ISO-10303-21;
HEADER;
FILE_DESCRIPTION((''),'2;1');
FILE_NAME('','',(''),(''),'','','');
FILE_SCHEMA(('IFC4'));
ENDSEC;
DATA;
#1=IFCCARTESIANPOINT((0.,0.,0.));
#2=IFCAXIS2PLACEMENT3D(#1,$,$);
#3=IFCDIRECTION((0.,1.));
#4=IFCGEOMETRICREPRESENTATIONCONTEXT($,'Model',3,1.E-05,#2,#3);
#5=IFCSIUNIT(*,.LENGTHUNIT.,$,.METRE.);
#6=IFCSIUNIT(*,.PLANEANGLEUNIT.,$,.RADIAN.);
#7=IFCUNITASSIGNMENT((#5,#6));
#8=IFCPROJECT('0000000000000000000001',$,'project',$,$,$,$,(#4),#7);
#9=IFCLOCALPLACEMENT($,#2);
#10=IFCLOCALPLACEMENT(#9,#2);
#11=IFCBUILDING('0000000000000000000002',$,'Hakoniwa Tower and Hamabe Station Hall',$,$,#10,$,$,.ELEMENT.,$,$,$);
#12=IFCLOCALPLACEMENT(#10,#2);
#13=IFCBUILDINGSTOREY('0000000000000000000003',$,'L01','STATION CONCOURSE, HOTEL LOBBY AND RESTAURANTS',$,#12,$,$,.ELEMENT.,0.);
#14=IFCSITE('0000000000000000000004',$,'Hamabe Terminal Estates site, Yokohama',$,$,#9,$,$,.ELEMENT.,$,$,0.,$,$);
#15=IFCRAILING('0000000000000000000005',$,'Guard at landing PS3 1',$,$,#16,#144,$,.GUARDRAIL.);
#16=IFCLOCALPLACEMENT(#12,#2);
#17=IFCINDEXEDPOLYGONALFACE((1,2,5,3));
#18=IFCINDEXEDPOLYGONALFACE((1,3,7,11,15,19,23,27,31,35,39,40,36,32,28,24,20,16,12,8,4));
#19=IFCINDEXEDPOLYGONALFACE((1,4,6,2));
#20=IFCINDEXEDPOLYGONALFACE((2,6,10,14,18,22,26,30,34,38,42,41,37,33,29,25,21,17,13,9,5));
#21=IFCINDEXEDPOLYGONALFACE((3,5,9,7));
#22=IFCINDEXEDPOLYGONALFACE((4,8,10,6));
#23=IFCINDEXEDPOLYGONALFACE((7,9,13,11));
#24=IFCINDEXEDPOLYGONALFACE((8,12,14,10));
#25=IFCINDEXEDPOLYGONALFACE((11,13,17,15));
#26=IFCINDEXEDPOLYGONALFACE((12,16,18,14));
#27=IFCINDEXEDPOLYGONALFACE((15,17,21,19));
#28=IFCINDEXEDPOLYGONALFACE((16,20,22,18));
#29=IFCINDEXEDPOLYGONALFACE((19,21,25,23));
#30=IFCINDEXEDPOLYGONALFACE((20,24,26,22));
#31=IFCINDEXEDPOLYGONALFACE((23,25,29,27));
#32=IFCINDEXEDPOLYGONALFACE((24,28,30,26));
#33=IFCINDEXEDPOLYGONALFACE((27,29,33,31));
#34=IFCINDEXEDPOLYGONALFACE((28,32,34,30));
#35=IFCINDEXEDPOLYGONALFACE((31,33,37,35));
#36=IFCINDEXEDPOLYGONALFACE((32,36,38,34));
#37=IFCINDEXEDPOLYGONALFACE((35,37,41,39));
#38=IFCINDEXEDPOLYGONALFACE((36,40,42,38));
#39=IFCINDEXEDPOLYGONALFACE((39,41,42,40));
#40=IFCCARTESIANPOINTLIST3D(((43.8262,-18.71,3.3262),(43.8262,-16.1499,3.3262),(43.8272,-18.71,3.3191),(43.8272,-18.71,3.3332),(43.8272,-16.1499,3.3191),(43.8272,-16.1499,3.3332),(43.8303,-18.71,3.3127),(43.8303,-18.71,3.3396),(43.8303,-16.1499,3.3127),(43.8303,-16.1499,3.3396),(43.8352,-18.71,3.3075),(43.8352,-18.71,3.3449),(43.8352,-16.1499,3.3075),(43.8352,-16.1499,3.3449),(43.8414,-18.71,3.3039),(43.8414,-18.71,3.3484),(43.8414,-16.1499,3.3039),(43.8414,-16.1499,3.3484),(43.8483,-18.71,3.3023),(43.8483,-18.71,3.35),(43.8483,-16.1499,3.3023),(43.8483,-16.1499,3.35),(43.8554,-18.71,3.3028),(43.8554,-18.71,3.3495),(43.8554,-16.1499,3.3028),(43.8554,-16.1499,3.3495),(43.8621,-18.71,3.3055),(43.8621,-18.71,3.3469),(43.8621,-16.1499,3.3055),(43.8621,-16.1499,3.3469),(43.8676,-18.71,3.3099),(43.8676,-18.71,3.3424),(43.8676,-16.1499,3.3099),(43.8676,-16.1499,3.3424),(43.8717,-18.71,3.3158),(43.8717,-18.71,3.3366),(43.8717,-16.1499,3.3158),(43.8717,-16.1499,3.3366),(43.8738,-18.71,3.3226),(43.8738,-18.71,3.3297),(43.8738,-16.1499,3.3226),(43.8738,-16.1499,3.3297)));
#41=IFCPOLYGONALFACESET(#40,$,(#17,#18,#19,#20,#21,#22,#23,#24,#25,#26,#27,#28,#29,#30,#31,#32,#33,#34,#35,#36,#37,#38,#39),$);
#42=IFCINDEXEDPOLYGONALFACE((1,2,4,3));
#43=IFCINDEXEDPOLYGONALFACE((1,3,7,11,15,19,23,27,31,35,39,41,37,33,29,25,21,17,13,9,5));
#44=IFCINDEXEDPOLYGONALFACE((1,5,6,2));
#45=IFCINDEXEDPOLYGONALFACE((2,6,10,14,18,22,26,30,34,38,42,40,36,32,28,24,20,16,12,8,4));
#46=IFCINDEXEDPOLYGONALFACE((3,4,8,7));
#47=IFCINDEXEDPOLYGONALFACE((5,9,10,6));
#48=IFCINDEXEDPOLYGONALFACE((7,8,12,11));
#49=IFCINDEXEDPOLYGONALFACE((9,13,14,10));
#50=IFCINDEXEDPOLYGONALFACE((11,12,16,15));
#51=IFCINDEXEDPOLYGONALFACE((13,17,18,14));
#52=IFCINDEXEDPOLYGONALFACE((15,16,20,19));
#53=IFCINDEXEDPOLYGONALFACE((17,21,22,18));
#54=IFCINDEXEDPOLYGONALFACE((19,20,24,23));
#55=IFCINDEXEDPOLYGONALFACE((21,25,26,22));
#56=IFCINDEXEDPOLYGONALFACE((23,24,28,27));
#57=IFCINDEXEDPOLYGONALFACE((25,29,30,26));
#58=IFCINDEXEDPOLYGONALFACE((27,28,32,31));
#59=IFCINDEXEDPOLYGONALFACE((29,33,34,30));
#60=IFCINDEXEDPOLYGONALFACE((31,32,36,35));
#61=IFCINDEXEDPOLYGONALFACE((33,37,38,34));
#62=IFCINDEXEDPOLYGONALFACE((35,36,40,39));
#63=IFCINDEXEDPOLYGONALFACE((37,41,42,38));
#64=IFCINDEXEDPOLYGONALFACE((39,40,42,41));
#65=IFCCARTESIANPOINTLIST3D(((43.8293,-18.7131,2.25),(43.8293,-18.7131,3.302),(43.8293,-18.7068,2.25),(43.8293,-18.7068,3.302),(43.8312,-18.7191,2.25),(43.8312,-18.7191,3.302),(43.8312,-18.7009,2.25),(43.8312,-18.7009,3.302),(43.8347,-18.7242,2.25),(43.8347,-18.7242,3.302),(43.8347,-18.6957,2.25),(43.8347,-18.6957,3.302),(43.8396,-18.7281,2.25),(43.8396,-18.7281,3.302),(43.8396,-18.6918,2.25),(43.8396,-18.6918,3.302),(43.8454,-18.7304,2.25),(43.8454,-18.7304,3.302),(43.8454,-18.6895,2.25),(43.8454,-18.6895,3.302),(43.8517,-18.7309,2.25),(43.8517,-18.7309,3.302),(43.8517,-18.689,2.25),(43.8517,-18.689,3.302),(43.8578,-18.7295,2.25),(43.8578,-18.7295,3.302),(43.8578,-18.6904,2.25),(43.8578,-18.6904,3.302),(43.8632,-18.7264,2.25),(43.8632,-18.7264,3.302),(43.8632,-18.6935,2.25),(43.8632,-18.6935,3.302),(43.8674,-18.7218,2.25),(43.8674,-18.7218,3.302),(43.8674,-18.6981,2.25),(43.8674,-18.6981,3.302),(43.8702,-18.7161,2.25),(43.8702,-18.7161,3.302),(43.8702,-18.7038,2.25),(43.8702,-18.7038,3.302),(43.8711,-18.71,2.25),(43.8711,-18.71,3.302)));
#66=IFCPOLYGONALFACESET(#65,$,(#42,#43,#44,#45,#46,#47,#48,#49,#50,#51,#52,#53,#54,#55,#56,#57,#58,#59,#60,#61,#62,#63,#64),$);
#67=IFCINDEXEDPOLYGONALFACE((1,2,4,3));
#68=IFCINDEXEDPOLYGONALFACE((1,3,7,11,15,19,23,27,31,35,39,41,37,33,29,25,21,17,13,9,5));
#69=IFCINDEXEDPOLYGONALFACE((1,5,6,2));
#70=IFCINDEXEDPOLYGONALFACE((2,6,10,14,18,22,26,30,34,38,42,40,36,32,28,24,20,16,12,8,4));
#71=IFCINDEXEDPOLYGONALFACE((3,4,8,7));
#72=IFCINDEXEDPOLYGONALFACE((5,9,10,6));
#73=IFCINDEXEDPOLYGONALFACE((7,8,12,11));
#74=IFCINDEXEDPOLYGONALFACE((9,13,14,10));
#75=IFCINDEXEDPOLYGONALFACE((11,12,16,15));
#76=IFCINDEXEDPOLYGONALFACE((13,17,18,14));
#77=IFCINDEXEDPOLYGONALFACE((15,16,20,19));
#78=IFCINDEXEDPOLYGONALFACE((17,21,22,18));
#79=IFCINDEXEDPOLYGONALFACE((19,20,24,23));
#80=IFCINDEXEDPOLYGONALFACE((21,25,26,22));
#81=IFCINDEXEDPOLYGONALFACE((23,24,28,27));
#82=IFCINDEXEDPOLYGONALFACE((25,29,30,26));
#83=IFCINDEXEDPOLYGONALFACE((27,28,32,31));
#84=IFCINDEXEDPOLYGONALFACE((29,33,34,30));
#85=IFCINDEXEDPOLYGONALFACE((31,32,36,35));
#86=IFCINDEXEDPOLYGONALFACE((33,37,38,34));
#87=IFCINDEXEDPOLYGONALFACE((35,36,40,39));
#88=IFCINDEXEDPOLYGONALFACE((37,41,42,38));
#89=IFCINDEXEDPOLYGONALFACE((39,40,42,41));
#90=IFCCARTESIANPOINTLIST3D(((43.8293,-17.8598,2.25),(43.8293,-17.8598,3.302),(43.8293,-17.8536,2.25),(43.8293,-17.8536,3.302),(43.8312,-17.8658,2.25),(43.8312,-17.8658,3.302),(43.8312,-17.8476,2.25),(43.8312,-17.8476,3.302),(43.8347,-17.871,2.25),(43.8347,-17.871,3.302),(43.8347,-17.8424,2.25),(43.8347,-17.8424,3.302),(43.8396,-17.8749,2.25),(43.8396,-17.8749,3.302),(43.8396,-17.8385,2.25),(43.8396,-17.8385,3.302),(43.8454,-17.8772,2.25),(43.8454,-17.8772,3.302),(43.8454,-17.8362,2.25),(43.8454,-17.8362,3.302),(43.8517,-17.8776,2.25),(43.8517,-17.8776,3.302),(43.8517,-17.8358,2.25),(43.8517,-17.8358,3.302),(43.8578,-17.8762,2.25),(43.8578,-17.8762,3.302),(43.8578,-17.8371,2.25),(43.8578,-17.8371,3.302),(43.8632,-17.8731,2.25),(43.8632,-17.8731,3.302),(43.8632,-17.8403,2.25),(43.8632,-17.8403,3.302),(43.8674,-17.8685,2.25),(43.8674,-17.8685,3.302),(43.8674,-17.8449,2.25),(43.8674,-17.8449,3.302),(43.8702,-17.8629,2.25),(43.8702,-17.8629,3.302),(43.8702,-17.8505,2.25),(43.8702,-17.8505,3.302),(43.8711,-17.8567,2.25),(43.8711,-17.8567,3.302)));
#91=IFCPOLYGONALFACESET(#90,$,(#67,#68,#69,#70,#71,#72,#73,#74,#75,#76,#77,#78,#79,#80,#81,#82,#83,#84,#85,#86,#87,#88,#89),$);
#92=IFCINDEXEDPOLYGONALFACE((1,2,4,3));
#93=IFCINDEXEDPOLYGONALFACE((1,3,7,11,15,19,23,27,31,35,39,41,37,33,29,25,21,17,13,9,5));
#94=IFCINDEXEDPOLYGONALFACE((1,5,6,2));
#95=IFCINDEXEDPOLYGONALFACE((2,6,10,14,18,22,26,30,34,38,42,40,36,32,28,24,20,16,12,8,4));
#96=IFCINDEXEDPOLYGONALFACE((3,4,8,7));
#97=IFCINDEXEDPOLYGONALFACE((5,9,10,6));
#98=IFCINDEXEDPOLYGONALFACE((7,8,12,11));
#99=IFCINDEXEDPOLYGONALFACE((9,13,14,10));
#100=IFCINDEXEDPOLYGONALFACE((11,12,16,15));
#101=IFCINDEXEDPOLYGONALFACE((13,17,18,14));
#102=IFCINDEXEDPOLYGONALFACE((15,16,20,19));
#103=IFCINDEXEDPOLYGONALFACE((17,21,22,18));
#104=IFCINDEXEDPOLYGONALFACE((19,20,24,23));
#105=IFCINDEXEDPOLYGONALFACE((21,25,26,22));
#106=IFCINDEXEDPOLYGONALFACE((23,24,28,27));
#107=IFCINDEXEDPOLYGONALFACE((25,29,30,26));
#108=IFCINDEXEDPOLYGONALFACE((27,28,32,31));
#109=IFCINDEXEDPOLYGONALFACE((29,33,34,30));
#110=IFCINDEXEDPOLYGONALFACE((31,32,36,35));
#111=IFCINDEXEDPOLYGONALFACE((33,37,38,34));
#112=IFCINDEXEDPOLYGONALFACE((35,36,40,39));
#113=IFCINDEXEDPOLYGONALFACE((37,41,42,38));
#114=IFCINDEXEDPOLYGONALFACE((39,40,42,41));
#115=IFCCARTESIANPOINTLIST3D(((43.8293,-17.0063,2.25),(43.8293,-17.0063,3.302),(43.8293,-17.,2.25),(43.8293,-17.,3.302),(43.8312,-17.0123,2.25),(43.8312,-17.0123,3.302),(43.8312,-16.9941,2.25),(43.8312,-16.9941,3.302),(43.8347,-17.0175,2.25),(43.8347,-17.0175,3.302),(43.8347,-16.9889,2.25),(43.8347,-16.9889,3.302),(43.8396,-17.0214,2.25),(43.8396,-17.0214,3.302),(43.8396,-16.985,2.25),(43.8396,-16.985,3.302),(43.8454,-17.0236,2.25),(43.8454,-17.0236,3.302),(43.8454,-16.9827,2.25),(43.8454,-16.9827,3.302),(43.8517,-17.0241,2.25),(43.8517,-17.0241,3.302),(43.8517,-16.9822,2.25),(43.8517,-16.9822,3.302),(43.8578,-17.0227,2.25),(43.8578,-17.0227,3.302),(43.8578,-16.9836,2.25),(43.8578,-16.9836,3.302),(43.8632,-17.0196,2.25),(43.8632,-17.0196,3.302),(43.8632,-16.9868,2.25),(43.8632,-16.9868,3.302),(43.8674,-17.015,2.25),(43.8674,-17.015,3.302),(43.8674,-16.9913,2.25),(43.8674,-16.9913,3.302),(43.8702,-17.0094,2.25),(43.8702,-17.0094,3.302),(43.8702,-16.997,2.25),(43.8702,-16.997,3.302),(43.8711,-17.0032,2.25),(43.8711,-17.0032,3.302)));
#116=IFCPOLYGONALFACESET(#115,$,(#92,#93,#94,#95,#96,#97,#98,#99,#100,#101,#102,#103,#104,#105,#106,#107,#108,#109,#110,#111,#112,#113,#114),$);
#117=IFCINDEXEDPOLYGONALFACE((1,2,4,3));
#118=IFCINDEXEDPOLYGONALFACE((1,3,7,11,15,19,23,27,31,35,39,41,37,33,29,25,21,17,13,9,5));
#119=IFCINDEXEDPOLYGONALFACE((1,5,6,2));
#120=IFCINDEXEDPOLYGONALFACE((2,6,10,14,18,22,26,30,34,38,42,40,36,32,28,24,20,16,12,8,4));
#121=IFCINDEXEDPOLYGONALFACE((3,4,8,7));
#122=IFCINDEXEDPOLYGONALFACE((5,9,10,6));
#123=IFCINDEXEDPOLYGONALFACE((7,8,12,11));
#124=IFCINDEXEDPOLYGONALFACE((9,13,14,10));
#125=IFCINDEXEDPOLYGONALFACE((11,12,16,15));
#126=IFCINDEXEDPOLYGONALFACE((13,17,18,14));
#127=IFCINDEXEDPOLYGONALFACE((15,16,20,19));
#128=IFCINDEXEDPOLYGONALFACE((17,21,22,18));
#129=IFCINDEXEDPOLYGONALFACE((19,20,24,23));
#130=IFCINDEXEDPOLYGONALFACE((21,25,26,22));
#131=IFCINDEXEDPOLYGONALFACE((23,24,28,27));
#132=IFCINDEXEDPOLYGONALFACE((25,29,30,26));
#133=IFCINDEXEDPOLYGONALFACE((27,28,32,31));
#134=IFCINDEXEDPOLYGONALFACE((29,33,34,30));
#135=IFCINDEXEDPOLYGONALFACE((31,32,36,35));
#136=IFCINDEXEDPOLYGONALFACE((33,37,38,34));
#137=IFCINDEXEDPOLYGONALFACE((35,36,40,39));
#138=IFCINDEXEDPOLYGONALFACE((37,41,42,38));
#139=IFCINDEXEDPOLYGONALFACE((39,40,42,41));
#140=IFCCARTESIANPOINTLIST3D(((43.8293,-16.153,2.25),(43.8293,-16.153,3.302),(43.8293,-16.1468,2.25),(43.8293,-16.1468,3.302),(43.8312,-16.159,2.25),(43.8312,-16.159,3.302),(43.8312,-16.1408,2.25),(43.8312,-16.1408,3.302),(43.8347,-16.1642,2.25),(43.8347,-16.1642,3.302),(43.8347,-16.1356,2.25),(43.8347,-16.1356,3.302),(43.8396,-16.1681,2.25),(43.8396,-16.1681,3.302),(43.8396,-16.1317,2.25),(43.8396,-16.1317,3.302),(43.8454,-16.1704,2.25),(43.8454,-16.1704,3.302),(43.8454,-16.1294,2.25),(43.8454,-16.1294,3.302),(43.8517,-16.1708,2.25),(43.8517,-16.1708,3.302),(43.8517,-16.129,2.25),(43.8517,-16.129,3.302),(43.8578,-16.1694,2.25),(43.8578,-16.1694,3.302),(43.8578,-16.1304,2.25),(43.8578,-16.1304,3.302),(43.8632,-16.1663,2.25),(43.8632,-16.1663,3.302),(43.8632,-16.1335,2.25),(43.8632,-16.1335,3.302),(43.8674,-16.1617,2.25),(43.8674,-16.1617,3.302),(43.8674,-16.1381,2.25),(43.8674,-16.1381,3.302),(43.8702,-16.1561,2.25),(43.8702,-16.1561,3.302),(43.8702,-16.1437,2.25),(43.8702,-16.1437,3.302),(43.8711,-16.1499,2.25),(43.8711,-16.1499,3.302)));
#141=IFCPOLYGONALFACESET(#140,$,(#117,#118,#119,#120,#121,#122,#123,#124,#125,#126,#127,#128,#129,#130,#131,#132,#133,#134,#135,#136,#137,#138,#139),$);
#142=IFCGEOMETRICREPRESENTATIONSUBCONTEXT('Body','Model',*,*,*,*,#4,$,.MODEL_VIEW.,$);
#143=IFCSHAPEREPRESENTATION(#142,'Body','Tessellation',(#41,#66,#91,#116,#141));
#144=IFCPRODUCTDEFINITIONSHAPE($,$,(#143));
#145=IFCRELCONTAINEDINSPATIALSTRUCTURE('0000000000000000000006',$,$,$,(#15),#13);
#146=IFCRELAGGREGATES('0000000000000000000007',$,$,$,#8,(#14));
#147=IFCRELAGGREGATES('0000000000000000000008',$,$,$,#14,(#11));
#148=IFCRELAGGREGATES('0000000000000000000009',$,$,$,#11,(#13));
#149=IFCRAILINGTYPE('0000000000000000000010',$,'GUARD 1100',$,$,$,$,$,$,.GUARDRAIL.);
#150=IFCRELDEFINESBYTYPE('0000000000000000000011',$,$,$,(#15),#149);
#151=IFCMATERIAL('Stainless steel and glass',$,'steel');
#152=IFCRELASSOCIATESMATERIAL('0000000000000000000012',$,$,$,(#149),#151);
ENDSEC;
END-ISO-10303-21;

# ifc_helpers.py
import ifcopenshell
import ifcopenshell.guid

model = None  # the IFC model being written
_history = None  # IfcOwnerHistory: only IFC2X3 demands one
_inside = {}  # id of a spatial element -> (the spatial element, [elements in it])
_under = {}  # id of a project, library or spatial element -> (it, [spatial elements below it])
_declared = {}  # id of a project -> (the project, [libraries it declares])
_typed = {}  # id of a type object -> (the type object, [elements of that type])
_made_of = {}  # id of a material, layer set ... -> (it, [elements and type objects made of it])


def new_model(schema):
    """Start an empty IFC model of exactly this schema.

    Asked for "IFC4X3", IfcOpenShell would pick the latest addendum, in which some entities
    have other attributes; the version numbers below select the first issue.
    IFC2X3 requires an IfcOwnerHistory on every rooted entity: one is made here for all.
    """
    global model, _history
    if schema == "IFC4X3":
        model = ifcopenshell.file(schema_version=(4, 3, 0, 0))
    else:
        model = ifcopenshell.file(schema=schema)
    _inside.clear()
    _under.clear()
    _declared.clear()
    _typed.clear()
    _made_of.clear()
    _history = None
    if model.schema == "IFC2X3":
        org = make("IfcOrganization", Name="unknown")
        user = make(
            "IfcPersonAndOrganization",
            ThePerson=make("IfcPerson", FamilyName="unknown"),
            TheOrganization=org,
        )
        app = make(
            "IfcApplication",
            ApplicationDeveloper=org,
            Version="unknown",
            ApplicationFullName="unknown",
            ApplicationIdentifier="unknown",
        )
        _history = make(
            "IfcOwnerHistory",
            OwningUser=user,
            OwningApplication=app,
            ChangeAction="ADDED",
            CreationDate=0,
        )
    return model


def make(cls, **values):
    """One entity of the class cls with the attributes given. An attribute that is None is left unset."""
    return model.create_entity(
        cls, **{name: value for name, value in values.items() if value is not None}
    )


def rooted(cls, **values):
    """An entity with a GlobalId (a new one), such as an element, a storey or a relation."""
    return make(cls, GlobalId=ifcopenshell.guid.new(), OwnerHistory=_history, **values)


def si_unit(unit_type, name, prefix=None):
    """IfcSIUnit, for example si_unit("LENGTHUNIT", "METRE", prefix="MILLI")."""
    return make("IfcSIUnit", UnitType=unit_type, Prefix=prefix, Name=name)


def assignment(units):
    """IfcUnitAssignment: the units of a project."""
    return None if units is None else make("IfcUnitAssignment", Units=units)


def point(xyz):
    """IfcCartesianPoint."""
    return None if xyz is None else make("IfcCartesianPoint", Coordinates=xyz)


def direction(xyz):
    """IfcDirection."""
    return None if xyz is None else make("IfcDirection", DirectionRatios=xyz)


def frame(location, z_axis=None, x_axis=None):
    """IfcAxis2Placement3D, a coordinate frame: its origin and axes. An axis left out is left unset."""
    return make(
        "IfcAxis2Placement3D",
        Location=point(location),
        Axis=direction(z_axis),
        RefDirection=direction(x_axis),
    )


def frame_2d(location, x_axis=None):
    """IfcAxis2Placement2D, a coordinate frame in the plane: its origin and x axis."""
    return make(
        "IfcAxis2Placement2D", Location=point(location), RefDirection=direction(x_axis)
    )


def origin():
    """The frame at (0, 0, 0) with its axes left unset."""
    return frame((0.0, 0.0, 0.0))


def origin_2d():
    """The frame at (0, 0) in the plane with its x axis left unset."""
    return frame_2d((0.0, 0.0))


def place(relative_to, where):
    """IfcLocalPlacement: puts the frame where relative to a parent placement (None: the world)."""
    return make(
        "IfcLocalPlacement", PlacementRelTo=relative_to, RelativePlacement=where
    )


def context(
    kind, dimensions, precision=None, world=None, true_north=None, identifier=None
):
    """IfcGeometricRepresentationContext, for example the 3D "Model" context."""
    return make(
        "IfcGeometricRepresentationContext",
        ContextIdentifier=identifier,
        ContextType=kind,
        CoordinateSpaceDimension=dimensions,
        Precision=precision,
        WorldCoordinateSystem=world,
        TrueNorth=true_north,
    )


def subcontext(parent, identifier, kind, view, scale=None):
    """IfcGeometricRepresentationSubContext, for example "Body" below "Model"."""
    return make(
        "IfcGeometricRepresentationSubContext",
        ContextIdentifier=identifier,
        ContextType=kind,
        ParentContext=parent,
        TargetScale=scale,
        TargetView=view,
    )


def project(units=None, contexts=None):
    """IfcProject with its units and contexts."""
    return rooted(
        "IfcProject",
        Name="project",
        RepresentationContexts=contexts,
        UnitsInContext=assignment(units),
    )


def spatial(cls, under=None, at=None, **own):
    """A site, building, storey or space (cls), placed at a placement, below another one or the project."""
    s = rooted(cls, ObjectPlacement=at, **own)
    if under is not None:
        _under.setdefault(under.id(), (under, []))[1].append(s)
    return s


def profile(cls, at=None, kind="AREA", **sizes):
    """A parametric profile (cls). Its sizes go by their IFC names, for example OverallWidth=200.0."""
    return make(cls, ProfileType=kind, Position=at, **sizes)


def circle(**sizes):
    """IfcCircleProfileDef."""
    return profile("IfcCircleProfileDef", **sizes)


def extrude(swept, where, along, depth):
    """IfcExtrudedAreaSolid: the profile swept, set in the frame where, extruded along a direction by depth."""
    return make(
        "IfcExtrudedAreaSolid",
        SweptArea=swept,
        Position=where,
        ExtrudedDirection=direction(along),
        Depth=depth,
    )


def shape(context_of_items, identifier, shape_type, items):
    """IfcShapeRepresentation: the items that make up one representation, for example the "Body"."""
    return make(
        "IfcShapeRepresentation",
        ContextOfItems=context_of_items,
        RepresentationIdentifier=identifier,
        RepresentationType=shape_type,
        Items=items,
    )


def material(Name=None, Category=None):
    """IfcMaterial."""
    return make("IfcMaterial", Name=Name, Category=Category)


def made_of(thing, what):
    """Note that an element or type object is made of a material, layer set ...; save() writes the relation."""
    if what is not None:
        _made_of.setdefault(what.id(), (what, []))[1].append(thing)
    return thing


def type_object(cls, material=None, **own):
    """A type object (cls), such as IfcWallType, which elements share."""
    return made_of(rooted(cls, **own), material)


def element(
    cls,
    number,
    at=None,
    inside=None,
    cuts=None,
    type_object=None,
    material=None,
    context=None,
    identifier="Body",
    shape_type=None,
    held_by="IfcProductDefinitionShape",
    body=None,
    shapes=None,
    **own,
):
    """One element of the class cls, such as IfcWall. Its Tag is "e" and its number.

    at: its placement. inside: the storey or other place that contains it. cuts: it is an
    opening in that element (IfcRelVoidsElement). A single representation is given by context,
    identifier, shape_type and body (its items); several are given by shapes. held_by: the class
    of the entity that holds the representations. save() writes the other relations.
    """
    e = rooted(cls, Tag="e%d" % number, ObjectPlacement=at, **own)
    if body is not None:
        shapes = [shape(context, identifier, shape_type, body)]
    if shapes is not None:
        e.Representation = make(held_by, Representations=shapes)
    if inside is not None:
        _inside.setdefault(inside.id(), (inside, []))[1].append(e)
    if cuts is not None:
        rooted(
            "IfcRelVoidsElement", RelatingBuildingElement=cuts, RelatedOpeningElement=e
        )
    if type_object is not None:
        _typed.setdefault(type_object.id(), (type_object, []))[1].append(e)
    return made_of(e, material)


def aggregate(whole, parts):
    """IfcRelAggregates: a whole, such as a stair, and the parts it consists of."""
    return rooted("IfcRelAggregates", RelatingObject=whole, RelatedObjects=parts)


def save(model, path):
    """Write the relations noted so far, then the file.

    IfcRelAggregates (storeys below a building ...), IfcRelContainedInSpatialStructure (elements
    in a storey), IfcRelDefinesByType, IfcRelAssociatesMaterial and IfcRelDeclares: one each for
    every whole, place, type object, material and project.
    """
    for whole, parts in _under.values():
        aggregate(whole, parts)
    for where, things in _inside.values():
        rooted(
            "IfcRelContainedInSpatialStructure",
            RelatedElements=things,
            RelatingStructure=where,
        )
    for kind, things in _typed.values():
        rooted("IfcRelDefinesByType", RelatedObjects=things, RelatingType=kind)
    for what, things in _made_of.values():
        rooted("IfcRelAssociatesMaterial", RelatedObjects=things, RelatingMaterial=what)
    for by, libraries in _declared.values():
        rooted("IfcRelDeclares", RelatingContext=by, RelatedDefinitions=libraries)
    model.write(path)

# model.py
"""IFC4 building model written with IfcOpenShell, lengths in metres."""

from ifc_helpers import new_model, si_unit, direction, frame, origin, origin_2d, place, context, subcontext, project, spatial, circle, extrude, material, type_object, element, save


model = new_model("IFC4")

# Units and contexts
model_context = context("Model", 3, precision=1e-05, world=origin(), true_north=direction((0.0, 1.0)))
body_context = subcontext(model_context, "Body", "Model", "MODEL_VIEW")
ifc_project = project(units=[si_unit("LENGTHUNIT", "METRE"), si_unit("PLANEANGLEUNIT", "RADIAN")], contexts=[model_context])

# Site, building, storey
site_placement = place(None, origin())
site = spatial("IfcSite", under=ifc_project, at=site_placement, Name="Hamabe Terminal Estates site, Yokohama", CompositionType="ELEMENT", RefElevation=0.0)
building_placement = place(site_placement, origin())
building = spatial("IfcBuilding", under=site, at=building_placement, Name="Hakoniwa Tower and Hamabe Station Hall", CompositionType="ELEMENT")
storey_placement = place(building_placement, origin())
storey = spatial("IfcBuildingStorey", under=building, at=storey_placement, Name="L01", Description="STATION CONCOURSE, HOTEL LOBBY AND RESTAURANTS", CompositionType="ELEMENT", Elevation=0.0)

# Railing
ifc_material_1 = material(Name="Stainless steel and glass", Category="steel")
railing_type_1 = type_object("IfcRailingType", Name="GUARD 1100", PredefinedType="GUARDRAIL", material=ifc_material_1)
railing_1_placement = place(storey_placement, frame((43.8501, -18.71, 2.25)))
element("IfcRailing", 1, at=railing_1_placement, inside=storey, type_object=railing_type_1, Name="Guard at landing PS3 1", PredefinedType="GUARDRAIL", context=body_context, shape_type="SweptSolid", body=[
    extrude(circle(Radius=0.0239, at=origin_2d()), frame((0.0, 0.0, 1.0762), z_axis=(0.0, 1.0, 0.0), x_axis=(-1.0, 0.0, 0.0)), (0.0, 0.0, 1.0), 2.5601),
    extrude(circle(Radius=0.021, at=origin_2d()), origin(), (0.0, 0.0, 1.0), 1.052),
    extrude(circle(Radius=0.021, at=origin_2d()), frame((0.0, 0.8533, 0.0)), (0.0, 0.0, 1.0), 1.052),
    extrude(circle(Radius=0.021, at=origin_2d()), frame((0.0, 1.7068, 0.0)), (0.0, 0.0, 1.0), 1.052),
    extrude(circle(Radius=0.021, at=origin_2d()), frame((0.0, 2.5601, 0.0)), (0.0, 0.0, 1.0), 1.052),
])

save(model, "model.ifc")
